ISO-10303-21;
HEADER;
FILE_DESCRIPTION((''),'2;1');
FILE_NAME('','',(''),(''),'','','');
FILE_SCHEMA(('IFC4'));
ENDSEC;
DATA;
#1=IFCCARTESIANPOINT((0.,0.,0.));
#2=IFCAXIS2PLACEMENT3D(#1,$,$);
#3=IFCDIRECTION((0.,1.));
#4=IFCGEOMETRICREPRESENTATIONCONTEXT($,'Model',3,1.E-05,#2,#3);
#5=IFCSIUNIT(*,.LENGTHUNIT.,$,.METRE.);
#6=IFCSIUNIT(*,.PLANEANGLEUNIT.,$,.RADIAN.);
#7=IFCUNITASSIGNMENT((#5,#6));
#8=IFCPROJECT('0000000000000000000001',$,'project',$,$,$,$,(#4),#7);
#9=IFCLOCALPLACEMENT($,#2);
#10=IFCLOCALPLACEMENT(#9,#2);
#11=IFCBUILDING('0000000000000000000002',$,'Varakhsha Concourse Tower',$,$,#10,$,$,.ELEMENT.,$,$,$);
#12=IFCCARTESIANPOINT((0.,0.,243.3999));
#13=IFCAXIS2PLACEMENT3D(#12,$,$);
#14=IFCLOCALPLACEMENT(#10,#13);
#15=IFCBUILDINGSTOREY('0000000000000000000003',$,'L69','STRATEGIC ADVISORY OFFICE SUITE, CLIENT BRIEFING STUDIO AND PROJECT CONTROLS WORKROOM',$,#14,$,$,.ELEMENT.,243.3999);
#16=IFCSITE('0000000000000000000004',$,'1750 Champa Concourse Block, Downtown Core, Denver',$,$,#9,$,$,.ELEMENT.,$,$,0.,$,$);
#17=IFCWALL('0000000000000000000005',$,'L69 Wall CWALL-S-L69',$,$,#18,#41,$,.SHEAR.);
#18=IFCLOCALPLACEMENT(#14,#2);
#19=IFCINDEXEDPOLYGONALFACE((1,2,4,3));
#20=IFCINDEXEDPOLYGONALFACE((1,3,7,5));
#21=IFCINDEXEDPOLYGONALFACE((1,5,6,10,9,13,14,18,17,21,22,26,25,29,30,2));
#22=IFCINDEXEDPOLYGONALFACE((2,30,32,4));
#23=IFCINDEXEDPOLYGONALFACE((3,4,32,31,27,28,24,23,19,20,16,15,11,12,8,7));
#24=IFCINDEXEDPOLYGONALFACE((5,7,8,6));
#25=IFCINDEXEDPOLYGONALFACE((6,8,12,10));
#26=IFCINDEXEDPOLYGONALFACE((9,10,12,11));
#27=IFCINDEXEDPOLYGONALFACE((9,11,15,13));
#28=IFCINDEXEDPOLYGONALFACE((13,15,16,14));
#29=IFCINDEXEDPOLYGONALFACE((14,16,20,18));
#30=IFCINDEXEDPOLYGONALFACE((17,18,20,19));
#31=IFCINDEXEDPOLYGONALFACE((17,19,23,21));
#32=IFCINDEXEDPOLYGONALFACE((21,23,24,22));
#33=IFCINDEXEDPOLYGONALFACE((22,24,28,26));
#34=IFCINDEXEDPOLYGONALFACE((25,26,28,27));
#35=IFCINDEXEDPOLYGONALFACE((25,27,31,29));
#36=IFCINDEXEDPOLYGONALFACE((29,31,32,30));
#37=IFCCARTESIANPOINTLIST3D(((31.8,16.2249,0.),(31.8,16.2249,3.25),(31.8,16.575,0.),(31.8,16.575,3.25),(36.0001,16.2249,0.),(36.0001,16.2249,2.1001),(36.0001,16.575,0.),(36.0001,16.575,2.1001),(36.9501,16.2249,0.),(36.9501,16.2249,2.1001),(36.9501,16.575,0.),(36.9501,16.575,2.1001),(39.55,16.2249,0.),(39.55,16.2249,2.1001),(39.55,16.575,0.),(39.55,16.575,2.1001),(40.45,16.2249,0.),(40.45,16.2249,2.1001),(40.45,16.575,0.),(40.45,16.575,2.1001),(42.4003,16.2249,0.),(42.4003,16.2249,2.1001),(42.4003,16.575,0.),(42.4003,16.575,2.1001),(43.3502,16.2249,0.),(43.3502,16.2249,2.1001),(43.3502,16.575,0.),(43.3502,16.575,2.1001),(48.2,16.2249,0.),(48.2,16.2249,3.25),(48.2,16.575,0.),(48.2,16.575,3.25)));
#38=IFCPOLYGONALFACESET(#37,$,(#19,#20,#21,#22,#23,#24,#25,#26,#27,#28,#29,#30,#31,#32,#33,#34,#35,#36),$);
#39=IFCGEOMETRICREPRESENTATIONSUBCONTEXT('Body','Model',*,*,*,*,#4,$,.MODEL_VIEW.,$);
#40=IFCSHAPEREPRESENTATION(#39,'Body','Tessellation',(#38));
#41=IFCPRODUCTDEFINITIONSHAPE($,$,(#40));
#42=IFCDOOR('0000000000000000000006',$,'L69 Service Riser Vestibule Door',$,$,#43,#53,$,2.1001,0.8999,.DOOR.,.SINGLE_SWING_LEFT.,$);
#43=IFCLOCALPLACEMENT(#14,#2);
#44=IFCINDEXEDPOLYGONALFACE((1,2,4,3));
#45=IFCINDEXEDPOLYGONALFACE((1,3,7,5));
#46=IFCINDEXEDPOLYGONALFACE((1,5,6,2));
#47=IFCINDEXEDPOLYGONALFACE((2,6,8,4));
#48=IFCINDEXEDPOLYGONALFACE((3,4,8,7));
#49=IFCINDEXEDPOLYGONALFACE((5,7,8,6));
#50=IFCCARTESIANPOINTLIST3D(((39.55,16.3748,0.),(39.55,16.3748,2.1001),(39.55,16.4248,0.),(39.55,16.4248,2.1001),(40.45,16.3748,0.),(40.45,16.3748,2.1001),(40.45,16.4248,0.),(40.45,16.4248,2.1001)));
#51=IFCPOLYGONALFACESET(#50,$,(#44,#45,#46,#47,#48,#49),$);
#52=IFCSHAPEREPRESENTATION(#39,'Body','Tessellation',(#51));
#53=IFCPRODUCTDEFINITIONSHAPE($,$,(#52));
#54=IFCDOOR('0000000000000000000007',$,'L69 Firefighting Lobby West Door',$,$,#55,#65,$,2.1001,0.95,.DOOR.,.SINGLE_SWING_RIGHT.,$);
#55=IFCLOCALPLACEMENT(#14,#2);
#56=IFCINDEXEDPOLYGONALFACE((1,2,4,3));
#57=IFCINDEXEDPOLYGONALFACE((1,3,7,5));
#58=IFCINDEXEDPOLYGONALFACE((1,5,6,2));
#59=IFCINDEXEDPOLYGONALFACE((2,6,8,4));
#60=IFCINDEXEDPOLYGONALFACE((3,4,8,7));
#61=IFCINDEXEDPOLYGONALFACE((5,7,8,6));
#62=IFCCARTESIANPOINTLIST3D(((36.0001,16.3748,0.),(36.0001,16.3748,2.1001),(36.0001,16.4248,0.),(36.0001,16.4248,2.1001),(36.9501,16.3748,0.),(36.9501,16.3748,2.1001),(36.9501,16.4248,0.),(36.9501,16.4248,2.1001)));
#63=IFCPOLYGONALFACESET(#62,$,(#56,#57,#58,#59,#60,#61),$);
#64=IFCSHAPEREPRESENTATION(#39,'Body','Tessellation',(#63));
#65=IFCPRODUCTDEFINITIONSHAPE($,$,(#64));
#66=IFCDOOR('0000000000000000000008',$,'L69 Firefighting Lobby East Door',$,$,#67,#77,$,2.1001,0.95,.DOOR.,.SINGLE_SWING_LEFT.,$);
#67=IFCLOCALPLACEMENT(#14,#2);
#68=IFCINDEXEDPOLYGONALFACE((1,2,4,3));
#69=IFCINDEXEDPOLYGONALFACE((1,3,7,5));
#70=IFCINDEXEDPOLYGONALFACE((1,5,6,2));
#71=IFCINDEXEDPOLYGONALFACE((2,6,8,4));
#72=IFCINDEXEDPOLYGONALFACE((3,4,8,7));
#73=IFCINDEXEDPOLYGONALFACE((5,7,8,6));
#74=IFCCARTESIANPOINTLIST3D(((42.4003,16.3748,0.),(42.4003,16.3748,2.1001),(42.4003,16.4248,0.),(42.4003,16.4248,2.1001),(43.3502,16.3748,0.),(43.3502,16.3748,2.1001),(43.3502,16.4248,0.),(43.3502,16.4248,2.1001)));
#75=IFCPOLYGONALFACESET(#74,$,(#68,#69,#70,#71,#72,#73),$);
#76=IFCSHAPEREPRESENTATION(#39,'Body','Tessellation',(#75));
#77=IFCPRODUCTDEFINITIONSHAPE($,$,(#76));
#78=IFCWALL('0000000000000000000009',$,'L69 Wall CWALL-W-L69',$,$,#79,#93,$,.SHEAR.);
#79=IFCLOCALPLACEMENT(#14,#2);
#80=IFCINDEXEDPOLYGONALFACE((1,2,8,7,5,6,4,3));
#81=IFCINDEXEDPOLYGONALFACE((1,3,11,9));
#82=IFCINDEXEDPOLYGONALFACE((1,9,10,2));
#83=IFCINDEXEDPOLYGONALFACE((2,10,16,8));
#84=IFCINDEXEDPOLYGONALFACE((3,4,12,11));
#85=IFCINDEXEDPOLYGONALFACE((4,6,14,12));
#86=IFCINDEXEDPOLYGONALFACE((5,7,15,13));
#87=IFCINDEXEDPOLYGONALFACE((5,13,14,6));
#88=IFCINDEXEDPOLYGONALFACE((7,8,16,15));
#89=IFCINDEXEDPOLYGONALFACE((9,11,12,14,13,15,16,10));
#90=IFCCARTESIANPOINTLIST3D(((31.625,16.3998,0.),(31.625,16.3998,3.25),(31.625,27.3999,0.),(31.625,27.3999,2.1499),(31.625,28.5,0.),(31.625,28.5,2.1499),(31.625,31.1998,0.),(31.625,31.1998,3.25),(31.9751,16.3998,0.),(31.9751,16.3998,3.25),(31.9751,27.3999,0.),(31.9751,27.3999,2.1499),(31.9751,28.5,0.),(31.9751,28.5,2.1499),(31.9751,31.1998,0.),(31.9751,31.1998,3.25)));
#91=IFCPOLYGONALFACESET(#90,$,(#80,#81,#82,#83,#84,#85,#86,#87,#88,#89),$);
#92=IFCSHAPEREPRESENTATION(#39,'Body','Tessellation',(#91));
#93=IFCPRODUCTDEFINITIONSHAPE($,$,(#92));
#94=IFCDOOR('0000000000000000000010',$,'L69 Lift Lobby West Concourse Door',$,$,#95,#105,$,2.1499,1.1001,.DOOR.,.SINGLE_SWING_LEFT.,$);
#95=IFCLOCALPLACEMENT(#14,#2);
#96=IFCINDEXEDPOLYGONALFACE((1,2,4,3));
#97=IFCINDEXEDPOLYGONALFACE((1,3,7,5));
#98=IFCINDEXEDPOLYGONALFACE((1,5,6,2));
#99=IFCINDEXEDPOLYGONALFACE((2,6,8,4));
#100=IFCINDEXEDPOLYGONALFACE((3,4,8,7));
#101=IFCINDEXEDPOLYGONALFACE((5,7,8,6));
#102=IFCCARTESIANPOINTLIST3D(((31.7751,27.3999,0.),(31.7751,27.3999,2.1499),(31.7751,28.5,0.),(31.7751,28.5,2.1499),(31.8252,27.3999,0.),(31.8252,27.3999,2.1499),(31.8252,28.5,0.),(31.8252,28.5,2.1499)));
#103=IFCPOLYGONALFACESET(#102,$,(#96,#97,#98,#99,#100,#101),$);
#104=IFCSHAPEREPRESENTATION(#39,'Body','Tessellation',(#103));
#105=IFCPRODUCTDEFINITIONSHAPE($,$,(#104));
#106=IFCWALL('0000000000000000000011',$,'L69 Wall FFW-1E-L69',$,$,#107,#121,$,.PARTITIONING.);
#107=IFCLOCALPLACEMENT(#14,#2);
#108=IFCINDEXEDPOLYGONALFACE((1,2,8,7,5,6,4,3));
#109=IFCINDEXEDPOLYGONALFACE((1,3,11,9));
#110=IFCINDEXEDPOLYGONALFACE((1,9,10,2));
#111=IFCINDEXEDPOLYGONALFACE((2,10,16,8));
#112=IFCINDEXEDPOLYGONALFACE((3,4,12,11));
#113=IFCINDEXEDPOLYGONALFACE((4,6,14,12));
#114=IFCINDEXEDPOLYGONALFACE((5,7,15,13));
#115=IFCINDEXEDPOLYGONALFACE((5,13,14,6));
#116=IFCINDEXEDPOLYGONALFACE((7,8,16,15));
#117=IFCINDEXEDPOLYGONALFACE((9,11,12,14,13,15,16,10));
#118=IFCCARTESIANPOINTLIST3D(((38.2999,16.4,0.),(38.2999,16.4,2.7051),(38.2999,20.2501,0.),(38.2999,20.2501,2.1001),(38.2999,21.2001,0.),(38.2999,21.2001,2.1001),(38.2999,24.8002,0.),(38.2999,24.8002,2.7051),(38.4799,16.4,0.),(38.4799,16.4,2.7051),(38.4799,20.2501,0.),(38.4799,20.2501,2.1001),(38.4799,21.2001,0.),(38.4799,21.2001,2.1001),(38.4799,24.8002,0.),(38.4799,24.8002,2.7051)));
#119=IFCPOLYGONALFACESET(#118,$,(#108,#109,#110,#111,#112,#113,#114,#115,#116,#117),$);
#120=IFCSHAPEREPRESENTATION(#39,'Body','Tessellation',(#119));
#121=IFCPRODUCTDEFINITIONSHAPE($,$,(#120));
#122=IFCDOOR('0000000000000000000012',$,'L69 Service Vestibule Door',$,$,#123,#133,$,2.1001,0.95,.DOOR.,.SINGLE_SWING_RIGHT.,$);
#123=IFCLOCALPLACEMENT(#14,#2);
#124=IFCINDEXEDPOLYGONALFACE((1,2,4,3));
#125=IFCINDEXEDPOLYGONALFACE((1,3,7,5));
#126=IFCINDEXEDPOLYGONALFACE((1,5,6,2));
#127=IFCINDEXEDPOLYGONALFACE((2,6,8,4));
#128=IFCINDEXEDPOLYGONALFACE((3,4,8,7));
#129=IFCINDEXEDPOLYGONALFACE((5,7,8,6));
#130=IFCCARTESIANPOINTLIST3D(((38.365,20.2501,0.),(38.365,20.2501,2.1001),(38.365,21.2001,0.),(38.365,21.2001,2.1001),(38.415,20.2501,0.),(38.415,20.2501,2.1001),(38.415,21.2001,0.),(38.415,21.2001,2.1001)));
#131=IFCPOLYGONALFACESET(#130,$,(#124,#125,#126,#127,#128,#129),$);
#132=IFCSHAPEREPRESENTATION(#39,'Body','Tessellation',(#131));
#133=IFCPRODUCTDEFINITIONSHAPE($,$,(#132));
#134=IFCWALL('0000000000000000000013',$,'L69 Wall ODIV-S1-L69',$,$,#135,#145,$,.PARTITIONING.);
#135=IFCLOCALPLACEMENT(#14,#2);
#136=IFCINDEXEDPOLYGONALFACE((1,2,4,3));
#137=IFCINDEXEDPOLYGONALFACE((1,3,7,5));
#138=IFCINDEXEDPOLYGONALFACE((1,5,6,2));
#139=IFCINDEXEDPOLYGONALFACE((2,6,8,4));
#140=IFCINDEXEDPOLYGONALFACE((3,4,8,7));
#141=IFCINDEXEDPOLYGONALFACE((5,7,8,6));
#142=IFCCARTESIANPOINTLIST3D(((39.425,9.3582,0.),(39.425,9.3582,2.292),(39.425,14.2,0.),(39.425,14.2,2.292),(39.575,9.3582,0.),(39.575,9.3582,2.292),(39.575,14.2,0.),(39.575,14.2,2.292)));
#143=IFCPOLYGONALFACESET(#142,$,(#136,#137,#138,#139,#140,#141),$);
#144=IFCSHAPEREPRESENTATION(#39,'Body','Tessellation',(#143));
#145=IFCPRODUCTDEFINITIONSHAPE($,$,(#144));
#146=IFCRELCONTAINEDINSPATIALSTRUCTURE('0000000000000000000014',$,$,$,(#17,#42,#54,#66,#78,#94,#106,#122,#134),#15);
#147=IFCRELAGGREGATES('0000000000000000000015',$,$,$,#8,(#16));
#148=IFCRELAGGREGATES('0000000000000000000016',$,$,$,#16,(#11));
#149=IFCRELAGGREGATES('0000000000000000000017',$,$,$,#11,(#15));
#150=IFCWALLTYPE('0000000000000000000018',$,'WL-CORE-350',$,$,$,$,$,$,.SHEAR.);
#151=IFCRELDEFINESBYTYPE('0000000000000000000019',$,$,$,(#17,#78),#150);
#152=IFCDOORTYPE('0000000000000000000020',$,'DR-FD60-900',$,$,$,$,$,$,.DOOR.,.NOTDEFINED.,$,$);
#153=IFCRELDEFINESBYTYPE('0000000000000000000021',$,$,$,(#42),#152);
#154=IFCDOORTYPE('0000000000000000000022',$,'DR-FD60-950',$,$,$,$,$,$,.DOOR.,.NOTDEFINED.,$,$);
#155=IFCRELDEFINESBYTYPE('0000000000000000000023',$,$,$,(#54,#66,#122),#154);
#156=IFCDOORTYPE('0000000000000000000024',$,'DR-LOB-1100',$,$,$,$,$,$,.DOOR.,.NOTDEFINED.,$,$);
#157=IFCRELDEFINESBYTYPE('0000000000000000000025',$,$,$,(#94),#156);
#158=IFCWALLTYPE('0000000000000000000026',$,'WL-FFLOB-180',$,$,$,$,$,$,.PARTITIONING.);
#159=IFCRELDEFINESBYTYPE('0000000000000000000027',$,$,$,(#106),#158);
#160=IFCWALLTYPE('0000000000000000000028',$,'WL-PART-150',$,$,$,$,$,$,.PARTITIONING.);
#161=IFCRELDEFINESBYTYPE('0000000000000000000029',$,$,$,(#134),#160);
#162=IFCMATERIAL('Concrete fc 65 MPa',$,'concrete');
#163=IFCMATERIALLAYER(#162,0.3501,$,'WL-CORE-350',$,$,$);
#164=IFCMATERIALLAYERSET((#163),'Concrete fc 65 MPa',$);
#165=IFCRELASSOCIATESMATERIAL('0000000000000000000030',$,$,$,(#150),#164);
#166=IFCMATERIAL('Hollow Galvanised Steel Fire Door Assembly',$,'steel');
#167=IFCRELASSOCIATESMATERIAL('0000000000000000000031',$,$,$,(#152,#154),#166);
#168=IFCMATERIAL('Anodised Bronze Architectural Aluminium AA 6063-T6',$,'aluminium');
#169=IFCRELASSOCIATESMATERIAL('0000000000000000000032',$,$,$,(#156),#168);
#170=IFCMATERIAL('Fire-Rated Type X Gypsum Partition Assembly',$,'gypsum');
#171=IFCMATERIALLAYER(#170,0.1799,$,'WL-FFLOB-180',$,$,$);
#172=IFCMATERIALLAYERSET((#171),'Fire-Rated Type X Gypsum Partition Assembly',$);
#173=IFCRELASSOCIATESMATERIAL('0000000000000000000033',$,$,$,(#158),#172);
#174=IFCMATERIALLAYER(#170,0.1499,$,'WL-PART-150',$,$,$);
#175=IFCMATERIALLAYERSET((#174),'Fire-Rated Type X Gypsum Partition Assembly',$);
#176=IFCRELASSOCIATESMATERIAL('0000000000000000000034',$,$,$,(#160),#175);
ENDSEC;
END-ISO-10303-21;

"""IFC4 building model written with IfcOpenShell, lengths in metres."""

from ifc_helpers import new_model, si_unit, direction, frame, frame_2d, origin, place, context, subcontext, project, spatial, rectangle, extrude, material, layer, layer_set, type_object, element, fill, save


model = new_model("IFC4")

# Units and contexts
model_context = context("Model", 3, precision=1e-05, world=origin(), true_north=direction((0.0, 1.0)))
body_context = subcontext(model_context, "Body", "Model", "MODEL_VIEW")
ifc_project = project(units=[si_unit("LENGTHUNIT", "METRE"), si_unit("PLANEANGLEUNIT", "RADIAN")], contexts=[model_context])

# Site, building, storey
site_placement = place(None, origin())
site = spatial("IfcSite", under=ifc_project, at=site_placement, Name="1750 Champa Concourse Block, Downtown Core, Denver", CompositionType="ELEMENT", RefElevation=0.0)
building_placement = place(site_placement, origin())
building = spatial("IfcBuilding", under=site, at=building_placement, Name="Varakhsha Concourse Tower", CompositionType="ELEMENT")
storey_placement = place(building_placement, frame((0.0, 0.0, 243.3999)))
storey = spatial("IfcBuildingStorey", under=building, at=storey_placement, Name="L69", Description="STRATEGIC ADVISORY OFFICE SUITE, CLIENT BRIEFING STUDIO AND PROJECT CONTROLS WORKROOM", CompositionType="ELEMENT", Elevation=243.3999)

# Shared definitions
ifc_material_1 = material(Name="Concrete fc 65 MPa", Category="concrete")

# Shared definitions
ifc_material_2 = material(Name="Anodised Bronze Architectural Aluminium AA 6063-T6", Category="aluminium")

# Wall, openings, doors
ifc_layer_1 = layer(ifc_material_1, 0.3501, Name="WL-CORE-350")
ifc_layer_set_1 = layer_set([ifc_layer_1], Name="Concrete fc 65 MPa")
wall_type_1 = type_object("IfcWallType", Name="WL-CORE-350", PredefinedType="SHEAR", material=ifc_layer_set_1)
wall_1_placement = place(storey_placement, frame((31.8, 16.3999, 0.0), z_axis=(0.0, 0.0, 1.0), x_axis=(1.0, 0.0, 0.0)))
wall_1 = element("IfcWall", 1, at=wall_1_placement, inside=storey, type_object=wall_type_1, Name="L69 Wall CWALL-S-L69", PredefinedType="SHEAR", context=body_context, shape_type="SweptSolid", body=[
    extrude(rectangle(XDim=16.3999, YDim=0.3501, at=frame_2d((8.2, 0.0))), origin(), (0.0, 0.0, 1.0), 3.25),
])
opening_1_placement = place(wall_1_placement, frame((7.75, 0.0, 0.0)))
opening_1 = element("IfcOpeningElement", 2, at=opening_1_placement, cuts=wall_1, PredefinedType="OPENING", context=body_context, shape_type="SweptSolid", body=[
    extrude(rectangle(XDim=0.8999, YDim=2.1001, at=frame_2d((0.45, 1.05))), frame((0.0, 0.1851, 0.0), z_axis=(0.0, -1.0, 0.0), x_axis=(1.0, 0.0, 0.0)), (0.0, 0.0, 1.0), 0.3701),
])
opening_2_placement = place(wall_1_placement, frame((4.2, 0.0, 0.0)))
opening_2 = element("IfcOpeningElement", 3, at=opening_2_placement, cuts=wall_1, PredefinedType="OPENING", context=body_context, shape_type="SweptSolid", body=[
    extrude(rectangle(XDim=0.95, YDim=2.1001, at=frame_2d((0.4751, 1.05))), frame((0.0, 0.1851, 0.0), z_axis=(0.0, -1.0, 0.0), x_axis=(1.0, 0.0, 0.0)), (0.0, 0.0, 1.0), 0.3701),
])
opening_3_placement = place(wall_1_placement, frame((10.6001, 0.0, 0.0)))
opening_3 = element("IfcOpeningElement", 4, at=opening_3_placement, cuts=wall_1, PredefinedType="OPENING", context=body_context, shape_type="SweptSolid", body=[
    extrude(rectangle(XDim=0.95, YDim=2.1001, at=frame_2d((0.4751, 1.05))), frame((0.0, 0.1851, 0.0), z_axis=(0.0, -1.0, 0.0), x_axis=(1.0, 0.0, 0.0)), (0.0, 0.0, 1.0), 0.3701),
])
ifc_material_3 = material(Name="Hollow Galvanised Steel Fire Door Assembly", Category="steel")
door_type_1 = type_object("IfcDoorType", Name="DR-FD60-900", OperationType="NOTDEFINED", PredefinedType="DOOR", material=ifc_material_3)
door_1_placement = place(opening_1_placement, origin())
door_1 = element("IfcDoor", 5, at=door_1_placement, inside=storey, type_object=door_type_1, Name="L69 Service Riser Vestibule Door", OperationType="SINGLE_SWING_LEFT", OverallHeight=2.1001, OverallWidth=0.8999, PredefinedType="DOOR", context=body_context, shape_type="SweptSolid", body=[
    extrude(rectangle(XDim=0.8999, YDim=2.1001, at=frame_2d((0.45, 1.05))), frame((0.0, 0.0249, 0.0), z_axis=(0.0, -1.0, 0.0), x_axis=(1.0, 0.0, 0.0)), (0.0, 0.0, 1.0), 0.05),
])
fill(opening_1, door_1)
door_type_2 = type_object("IfcDoorType", Name="DR-FD60-950", OperationType="NOTDEFINED", PredefinedType="DOOR", material=ifc_material_3)
door_2_placement = place(opening_2_placement, origin())
door_2 = element("IfcDoor", 6, at=door_2_placement, inside=storey, type_object=door_type_2, Name="L69 Firefighting Lobby West Door", OperationType="SINGLE_SWING_RIGHT", OverallHeight=2.1001, OverallWidth=0.95, PredefinedType="DOOR", context=body_context, shape_type="SweptSolid", body=[
    extrude(rectangle(XDim=0.95, YDim=2.1001, at=frame_2d((0.4751, 1.05))), frame((0.0, 0.0249, 0.0), z_axis=(0.0, -1.0, 0.0), x_axis=(1.0, 0.0, 0.0)), (0.0, 0.0, 1.0), 0.05),
])
fill(opening_2, door_2)
door_3_placement = place(opening_3_placement, origin())
door_3 = element("IfcDoor", 7, at=door_3_placement, inside=storey, type_object=door_type_2, Name="L69 Firefighting Lobby East Door", OperationType="SINGLE_SWING_LEFT", OverallHeight=2.1001, OverallWidth=0.95, PredefinedType="DOOR", context=body_context, shape_type="SweptSolid", body=[
    extrude(rectangle(XDim=0.95, YDim=2.1001, at=frame_2d((0.4751, 1.05))), frame((0.0, 0.0249, 0.0), z_axis=(0.0, -1.0, 0.0), x_axis=(1.0, 0.0, 0.0)), (0.0, 0.0, 1.0), 0.05),
])
fill(opening_3, door_3)

# Walls, openings, doors
wall_2_placement = place(storey_placement, frame((31.8, 16.3999, 0.0), z_axis=(0.0, 0.0, 1.0), x_axis=(0.0, 1.0, 0.0)))
wall_2 = element("IfcWall", 8, at=wall_2_placement, inside=storey, type_object=wall_type_1, Name="L69 Wall CWALL-W-L69", PredefinedType="SHEAR", context=body_context, shape_type="SweptSolid", body=[
    extrude(rectangle(XDim=14.8, YDim=0.3501, at=frame_2d((7.3999, 0.0))), origin(), (0.0, 0.0, 1.0), 3.25),
])
opening_4_placement = place(wall_2_placement, frame((11.0, 0.0, 0.0)))
opening_4 = element("IfcOpeningElement", 9, at=opening_4_placement, cuts=wall_2, PredefinedType="OPENING", context=body_context, shape_type="SweptSolid", body=[
    extrude(rectangle(XDim=1.1001, YDim=2.1499, at=frame_2d((0.55, 1.075))), frame((0.0, 0.1851, 0.0), z_axis=(0.0, -1.0, 0.0), x_axis=(1.0, 0.0, 0.0)), (0.0, 0.0, 1.0), 0.3701),
])
door_type_3 = type_object("IfcDoorType", Name="DR-LOB-1100", OperationType="NOTDEFINED", PredefinedType="DOOR", material=ifc_material_2)
door_4_placement = place(opening_4_placement, origin())
door_4 = element("IfcDoor", 10, at=door_4_placement, inside=storey, type_object=door_type_3, Name="L69 Lift Lobby West Concourse Door", OperationType="SINGLE_SWING_LEFT", OverallHeight=2.1499, OverallWidth=1.1001, PredefinedType="DOOR", context=body_context, shape_type="SweptSolid", body=[
    extrude(rectangle(XDim=1.1001, YDim=2.1499, at=frame_2d((0.55, 1.075))), frame((0.0, 0.0249, 0.0), z_axis=(0.0, -1.0, 0.0), x_axis=(1.0, 0.0, 0.0)), (0.0, 0.0, 1.0), 0.05),
])
fill(opening_4, door_4)
ifc_material_4 = material(Name="Fire-Rated Type X Gypsum Partition Assembly", Category="gypsum")
ifc_layer_2 = layer(ifc_material_4, 0.1799, Name="WL-FFLOB-180")
ifc_layer_set_2 = layer_set([ifc_layer_2], Name="Fire-Rated Type X Gypsum Partition Assembly")
wall_type_2 = type_object("IfcWallType", Name="WL-FFLOB-180", PredefinedType="PARTITIONING", material=ifc_layer_set_2)
wall_3_placement = place(storey_placement, frame((38.3899, 16.3999, 0.0), z_axis=(0.0, 0.0, 1.0), x_axis=(0.0, 1.0, 0.0)))
wall_3 = element("IfcWall", 11, at=wall_3_placement, inside=storey, type_object=wall_type_2, Name="L69 Wall FFW-1E-L69", PredefinedType="PARTITIONING", context=body_context, shape_type="SweptSolid", body=[
    extrude(rectangle(XDim=8.4001, YDim=0.1799, at=frame_2d((4.2002, 0.0))), origin(), (0.0, 0.0, 1.0), 2.7051),
])
opening_5_placement = place(wall_3_placement, frame((3.8501, 0.0, 0.0)))
opening_5 = element("IfcOpeningElement", 12, at=opening_5_placement, cuts=wall_3, PredefinedType="OPENING", context=body_context, shape_type="SweptSolid", body=[
    extrude(rectangle(XDim=0.95, YDim=2.1001, at=frame_2d((0.4751, 1.05))), frame((0.0, 0.0999, 0.0), z_axis=(0.0, -1.0, 0.0), x_axis=(1.0, 0.0, 0.0)), (0.0, 0.0, 1.0), 0.2),
])
door_5_placement = place(opening_5_placement, origin())
door_5 = element("IfcDoor", 13, at=door_5_placement, inside=storey, type_object=door_type_2, Name="L69 Service Vestibule Door", OperationType="SINGLE_SWING_RIGHT", OverallHeight=2.1001, OverallWidth=0.95, PredefinedType="DOOR", context=body_context, shape_type="SweptSolid", body=[
    extrude(rectangle(XDim=0.95, YDim=2.1001, at=frame_2d((0.4751, 1.05))), frame((0.0, 0.0249, 0.0), z_axis=(0.0, -1.0, 0.0), x_axis=(1.0, 0.0, 0.0)), (0.0, 0.0, 1.0), 0.05),
])
fill(opening_5, door_5)

# Wall
ifc_layer_3 = layer(ifc_material_4, 0.1499, Name="WL-PART-150")
ifc_layer_set_3 = layer_set([ifc_layer_3], Name="Fire-Rated Type X Gypsum Partition Assembly")
wall_type_3 = type_object("IfcWallType", Name="WL-PART-150", PredefinedType="PARTITIONING", material=ifc_layer_set_3)
wall_4_placement = place(storey_placement, frame((39.5, 9.3582, 0.0), z_axis=(0.0, 0.0, 1.0), x_axis=(0.0, 1.0, 0.0)))
element("IfcWall", 14, at=wall_4_placement, inside=storey, type_object=wall_type_3, Name="L69 Wall ODIV-S1-L69", PredefinedType="PARTITIONING", context=body_context, shape_type="SweptSolid", body=[
    extrude(rectangle(XDim=4.8418, YDim=0.1499, at=frame_2d((2.4209, 0.0))), origin(), (0.0, 0.0, 1.0), 2.292),
])

save(model, "model.ifc")
